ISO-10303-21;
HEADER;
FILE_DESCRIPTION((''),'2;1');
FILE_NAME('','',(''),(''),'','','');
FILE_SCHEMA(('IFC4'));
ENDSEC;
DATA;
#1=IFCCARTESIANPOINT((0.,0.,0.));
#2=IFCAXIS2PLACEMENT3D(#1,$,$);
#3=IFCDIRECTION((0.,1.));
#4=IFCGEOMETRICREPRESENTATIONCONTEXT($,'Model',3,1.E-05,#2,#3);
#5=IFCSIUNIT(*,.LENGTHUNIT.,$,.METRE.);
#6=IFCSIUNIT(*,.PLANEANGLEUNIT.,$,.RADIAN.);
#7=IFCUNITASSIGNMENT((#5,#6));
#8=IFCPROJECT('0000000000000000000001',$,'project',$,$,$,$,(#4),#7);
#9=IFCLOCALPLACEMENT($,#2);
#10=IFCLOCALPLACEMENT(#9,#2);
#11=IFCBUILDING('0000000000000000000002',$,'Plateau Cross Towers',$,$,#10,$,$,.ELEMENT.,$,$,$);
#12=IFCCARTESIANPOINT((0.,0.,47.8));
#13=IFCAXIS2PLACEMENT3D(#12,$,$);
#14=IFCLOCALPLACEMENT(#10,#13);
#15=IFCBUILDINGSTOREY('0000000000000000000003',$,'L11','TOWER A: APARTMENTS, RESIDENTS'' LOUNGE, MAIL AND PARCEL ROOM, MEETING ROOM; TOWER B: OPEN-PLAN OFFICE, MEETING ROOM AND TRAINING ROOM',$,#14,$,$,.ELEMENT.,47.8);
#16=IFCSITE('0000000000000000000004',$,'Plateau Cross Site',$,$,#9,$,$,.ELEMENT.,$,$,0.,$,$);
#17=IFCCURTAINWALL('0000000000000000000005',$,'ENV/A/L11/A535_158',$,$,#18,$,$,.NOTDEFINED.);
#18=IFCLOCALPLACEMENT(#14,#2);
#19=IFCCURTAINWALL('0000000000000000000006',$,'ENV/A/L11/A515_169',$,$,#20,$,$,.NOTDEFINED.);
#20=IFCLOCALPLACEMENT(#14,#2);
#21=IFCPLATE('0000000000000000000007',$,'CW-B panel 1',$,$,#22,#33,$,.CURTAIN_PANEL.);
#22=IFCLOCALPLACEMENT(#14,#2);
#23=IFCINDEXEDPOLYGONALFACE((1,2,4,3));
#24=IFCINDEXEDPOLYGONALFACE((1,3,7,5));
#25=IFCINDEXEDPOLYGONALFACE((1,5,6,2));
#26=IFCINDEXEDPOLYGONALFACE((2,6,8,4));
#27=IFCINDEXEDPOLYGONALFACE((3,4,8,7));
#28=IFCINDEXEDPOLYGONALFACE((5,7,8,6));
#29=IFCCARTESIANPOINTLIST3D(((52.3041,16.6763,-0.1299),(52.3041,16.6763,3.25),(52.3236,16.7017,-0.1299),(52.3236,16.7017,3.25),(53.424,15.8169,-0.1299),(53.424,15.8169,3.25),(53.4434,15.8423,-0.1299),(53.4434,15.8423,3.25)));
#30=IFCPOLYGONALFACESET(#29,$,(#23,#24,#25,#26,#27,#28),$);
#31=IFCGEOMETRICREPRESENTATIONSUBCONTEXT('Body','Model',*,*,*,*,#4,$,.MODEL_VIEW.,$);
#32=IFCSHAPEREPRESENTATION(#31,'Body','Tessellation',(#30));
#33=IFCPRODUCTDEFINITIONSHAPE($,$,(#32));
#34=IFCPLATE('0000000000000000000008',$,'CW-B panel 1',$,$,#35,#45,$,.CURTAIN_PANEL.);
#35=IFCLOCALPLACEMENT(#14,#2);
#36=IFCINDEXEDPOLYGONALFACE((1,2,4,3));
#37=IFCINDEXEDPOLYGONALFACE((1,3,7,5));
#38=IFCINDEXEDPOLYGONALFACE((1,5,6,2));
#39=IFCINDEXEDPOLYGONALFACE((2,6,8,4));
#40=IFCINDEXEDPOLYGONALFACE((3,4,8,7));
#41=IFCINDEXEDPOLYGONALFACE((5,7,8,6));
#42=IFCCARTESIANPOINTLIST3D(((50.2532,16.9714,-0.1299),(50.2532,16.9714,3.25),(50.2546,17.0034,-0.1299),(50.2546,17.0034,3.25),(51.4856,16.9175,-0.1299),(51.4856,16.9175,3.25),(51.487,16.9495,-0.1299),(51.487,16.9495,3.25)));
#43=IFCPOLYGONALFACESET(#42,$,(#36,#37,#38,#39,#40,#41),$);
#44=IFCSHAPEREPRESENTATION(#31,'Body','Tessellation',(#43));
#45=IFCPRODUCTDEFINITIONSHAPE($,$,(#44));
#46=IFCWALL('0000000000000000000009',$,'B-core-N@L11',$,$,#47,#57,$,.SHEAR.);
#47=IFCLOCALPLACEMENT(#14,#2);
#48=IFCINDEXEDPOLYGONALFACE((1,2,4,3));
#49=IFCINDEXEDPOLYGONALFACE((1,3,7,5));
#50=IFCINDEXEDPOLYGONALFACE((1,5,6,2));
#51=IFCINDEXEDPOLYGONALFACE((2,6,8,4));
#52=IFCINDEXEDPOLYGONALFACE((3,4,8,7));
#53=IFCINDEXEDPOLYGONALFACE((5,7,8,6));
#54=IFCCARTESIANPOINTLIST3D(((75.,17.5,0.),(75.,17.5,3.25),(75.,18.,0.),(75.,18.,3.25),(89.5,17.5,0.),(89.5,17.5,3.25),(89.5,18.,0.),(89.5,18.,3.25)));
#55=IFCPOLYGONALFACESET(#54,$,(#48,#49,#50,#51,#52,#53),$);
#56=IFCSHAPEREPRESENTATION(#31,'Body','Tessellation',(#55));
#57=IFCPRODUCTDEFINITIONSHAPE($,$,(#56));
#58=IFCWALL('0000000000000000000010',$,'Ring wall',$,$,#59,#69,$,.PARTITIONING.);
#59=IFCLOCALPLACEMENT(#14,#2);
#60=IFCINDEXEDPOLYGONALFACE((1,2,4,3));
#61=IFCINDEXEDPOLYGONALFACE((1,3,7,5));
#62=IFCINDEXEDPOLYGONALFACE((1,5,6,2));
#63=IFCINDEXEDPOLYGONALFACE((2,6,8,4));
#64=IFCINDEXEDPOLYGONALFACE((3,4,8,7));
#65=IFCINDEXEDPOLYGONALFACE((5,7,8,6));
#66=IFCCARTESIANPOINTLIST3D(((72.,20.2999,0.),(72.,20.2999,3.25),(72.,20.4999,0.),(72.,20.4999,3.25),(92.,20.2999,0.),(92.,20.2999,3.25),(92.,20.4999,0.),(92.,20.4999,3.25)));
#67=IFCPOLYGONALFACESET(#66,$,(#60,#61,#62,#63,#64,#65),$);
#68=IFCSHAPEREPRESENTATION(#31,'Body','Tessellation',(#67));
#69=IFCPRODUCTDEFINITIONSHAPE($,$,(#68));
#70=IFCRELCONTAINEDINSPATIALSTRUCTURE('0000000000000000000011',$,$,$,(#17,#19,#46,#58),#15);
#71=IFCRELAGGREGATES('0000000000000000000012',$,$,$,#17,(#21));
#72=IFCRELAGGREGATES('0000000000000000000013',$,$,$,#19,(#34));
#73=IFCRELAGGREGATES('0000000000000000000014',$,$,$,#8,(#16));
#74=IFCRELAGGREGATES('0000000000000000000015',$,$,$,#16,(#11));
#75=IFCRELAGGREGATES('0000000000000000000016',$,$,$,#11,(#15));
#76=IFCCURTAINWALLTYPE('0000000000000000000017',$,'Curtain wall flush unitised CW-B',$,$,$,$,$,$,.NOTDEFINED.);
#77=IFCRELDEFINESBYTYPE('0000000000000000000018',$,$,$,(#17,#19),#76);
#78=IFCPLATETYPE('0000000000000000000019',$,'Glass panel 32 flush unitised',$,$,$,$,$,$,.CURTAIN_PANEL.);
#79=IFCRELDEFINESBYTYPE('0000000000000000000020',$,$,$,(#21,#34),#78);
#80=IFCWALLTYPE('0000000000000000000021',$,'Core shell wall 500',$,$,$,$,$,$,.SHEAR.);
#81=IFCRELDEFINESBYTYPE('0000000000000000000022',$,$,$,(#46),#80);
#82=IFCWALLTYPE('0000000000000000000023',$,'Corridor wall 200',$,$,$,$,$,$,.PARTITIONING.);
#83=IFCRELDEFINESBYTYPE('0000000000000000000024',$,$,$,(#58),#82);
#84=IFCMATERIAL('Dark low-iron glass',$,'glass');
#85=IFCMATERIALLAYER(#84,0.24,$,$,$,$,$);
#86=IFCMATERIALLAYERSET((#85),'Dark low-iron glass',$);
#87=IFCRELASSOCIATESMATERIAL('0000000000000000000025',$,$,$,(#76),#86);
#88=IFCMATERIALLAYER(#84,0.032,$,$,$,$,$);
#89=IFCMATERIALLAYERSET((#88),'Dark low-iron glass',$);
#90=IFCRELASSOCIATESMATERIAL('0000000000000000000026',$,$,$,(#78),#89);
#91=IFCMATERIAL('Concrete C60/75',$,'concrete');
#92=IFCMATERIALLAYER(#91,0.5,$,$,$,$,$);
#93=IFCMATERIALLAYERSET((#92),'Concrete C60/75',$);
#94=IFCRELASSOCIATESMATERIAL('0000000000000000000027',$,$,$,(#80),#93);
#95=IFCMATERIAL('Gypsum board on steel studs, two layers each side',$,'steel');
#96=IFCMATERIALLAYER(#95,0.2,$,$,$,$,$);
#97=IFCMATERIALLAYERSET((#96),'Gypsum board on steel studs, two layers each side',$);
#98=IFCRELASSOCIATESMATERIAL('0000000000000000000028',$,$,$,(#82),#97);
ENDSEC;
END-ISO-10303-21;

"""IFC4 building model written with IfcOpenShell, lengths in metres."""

from ifc_helpers import new_model, si_unit, direction, frame, frame_2d, origin, origin_2d, place, context, subcontext, project, spatial, rectangle, extrude, material, layer, layer_set, type_object, element, aggregate, save


model = new_model("IFC4")

# Units and contexts
model_context = context("Model", 3, precision=1e-05, world=origin(), true_north=direction((0.0, 1.0)))
body_context = subcontext(model_context, "Body", "Model", "MODEL_VIEW")
ifc_project = project(units=[si_unit("LENGTHUNIT", "METRE"), si_unit("PLANEANGLEUNIT", "RADIAN")], contexts=[model_context])

# Site, building, storey
site_placement = place(None, origin())
site = spatial("IfcSite", under=ifc_project, at=site_placement, Name="Plateau Cross Site", CompositionType="ELEMENT", RefElevation=0.0)
building_placement = place(site_placement, origin())
building = spatial("IfcBuilding", under=site, at=building_placement, Name="Plateau Cross Towers", CompositionType="ELEMENT")
storey_placement = place(building_placement, frame((0.0, 0.0, 47.8)))
storey = spatial("IfcBuildingStorey", under=building, at=storey_placement, Name="L11", Description="TOWER A: APARTMENTS, RESIDENTS' LOUNGE, MAIL AND PARCEL ROOM, MEETING ROOM; TOWER B: OPEN-PLAN OFFICE, MEETING ROOM AND TRAINING ROOM", CompositionType="ELEMENT", Elevation=47.8)

# Shared definitions
ifc_material_1 = material(Name="Concrete C60/75", Category="concrete")

# Shared definitions
ifc_material_2 = material(Name="Dark low-iron glass", Category="glass")
ifc_layer_1 = layer(ifc_material_2, 0.24)
ifc_layer_set_1 = layer_set([ifc_layer_1], Name="Dark low-iron glass")
curtain_wall_type_1 = type_object("IfcCurtainWallType", Name="Curtain wall flush unitised CW-B", PredefinedType="NOTDEFINED", material=ifc_layer_set_1)

# Curtain wall
curtain_wall_1_placement = place(storey_placement, origin())
curtain_wall_1 = element("IfcCurtainWall", 1, at=curtain_wall_1_placement, inside=storey, type_object=curtain_wall_type_1, Name="ENV/A/L11/A535_158", PredefinedType="NOTDEFINED")

# Curtain wall
curtain_wall_2_placement = place(storey_placement, origin())
curtain_wall_2 = element("IfcCurtainWall", 2, at=curtain_wall_2_placement, inside=storey, type_object=curtain_wall_type_1, Name="ENV/A/L11/A515_169", PredefinedType="NOTDEFINED")

# Shared definitions
ifc_layer_2 = layer(ifc_material_2, 0.032)
ifc_layer_set_2 = layer_set([ifc_layer_2], Name="Dark low-iron glass")
plate_type_1 = type_object("IfcPlateType", Name="Glass panel 32 flush unitised", PredefinedType="CURTAIN_PANEL", material=ifc_layer_set_2)

# Plates
plate_1_placement = place(storey_placement, frame((52.8738, 16.2593, -0.1299), z_axis=(0.0, 0.0, 1.0), x_axis=(-0.793316, 0.608811, 0.0)))
plate_1 = element("IfcPlate", 3, at=plate_1_placement, type_object=plate_type_1, Name="CW-B panel 1", PredefinedType="CURTAIN_PANEL", context=body_context, shape_type="SweptSolid", body=[
    extrude(rectangle(XDim=1.4116, YDim=0.032, at=origin_2d()), origin(), (0.0, 0.0, 1.0), 3.3799),
])
aggregate(curtain_wall_1, [plate_1])
plate_2_placement = place(storey_placement, frame((50.8701, 16.9604, -0.1299), z_axis=(0.0, 0.0, 1.0), x_axis=(-0.999044, 0.043723, 0.0)))
plate_2 = element("IfcPlate", 4, at=plate_2_placement, type_object=plate_type_1, Name="CW-B panel 1", PredefinedType="CURTAIN_PANEL", context=body_context, shape_type="SweptSolid", body=[
    extrude(rectangle(XDim=1.2336, YDim=0.032, at=origin_2d()), origin(), (0.0, 0.0, 1.0), 3.3799),
])
aggregate(curtain_wall_2, [plate_2])

# Walls
ifc_layer_3 = layer(ifc_material_1, 0.5)
ifc_layer_set_3 = layer_set([ifc_layer_3], Name="Concrete C60/75")
wall_type_1 = type_object("IfcWallType", Name="Core shell wall 500", PredefinedType="SHEAR", material=ifc_layer_set_3)
wall_1_placement = place(storey_placement, frame((75.0, 17.75, 0.0), z_axis=(0.0, 0.0, 1.0), x_axis=(1.0, 0.0, 0.0)))
element("IfcWall", 5, at=wall_1_placement, inside=storey, type_object=wall_type_1, Name="B-core-N@L11", PredefinedType="SHEAR", context=body_context, shape_type="SweptSolid", body=[
    extrude(rectangle(XDim=14.5, YDim=0.5, at=frame_2d((7.25, 0.0))), origin(), (0.0, 0.0, 1.0), 3.25),
])
ifc_material_3 = material(Name="Gypsum board on steel studs, two layers each side", Category="steel")
ifc_layer_4 = layer(ifc_material_3, 0.2)
ifc_layer_set_4 = layer_set([ifc_layer_4], Name="Gypsum board on steel studs, two layers each side")
wall_type_2 = type_object("IfcWallType", Name="Corridor wall 200", PredefinedType="PARTITIONING", material=ifc_layer_set_4)
wall_2_placement = place(storey_placement, frame((72.0, 20.3999, 0.0), z_axis=(0.0, 0.0, 1.0), x_axis=(1.0, 0.0, 0.0)))
element("IfcWall", 6, at=wall_2_placement, inside=storey, type_object=wall_type_2, Name="Ring wall", PredefinedType="PARTITIONING", context=body_context, shape_type="SweptSolid", body=[
    extrude(rectangle(XDim=20.0, YDim=0.2, at=frame_2d((10.0, 0.0))), origin(), (0.0, 0.0, 1.0), 3.25),
])

save(model, "model.ifc")
